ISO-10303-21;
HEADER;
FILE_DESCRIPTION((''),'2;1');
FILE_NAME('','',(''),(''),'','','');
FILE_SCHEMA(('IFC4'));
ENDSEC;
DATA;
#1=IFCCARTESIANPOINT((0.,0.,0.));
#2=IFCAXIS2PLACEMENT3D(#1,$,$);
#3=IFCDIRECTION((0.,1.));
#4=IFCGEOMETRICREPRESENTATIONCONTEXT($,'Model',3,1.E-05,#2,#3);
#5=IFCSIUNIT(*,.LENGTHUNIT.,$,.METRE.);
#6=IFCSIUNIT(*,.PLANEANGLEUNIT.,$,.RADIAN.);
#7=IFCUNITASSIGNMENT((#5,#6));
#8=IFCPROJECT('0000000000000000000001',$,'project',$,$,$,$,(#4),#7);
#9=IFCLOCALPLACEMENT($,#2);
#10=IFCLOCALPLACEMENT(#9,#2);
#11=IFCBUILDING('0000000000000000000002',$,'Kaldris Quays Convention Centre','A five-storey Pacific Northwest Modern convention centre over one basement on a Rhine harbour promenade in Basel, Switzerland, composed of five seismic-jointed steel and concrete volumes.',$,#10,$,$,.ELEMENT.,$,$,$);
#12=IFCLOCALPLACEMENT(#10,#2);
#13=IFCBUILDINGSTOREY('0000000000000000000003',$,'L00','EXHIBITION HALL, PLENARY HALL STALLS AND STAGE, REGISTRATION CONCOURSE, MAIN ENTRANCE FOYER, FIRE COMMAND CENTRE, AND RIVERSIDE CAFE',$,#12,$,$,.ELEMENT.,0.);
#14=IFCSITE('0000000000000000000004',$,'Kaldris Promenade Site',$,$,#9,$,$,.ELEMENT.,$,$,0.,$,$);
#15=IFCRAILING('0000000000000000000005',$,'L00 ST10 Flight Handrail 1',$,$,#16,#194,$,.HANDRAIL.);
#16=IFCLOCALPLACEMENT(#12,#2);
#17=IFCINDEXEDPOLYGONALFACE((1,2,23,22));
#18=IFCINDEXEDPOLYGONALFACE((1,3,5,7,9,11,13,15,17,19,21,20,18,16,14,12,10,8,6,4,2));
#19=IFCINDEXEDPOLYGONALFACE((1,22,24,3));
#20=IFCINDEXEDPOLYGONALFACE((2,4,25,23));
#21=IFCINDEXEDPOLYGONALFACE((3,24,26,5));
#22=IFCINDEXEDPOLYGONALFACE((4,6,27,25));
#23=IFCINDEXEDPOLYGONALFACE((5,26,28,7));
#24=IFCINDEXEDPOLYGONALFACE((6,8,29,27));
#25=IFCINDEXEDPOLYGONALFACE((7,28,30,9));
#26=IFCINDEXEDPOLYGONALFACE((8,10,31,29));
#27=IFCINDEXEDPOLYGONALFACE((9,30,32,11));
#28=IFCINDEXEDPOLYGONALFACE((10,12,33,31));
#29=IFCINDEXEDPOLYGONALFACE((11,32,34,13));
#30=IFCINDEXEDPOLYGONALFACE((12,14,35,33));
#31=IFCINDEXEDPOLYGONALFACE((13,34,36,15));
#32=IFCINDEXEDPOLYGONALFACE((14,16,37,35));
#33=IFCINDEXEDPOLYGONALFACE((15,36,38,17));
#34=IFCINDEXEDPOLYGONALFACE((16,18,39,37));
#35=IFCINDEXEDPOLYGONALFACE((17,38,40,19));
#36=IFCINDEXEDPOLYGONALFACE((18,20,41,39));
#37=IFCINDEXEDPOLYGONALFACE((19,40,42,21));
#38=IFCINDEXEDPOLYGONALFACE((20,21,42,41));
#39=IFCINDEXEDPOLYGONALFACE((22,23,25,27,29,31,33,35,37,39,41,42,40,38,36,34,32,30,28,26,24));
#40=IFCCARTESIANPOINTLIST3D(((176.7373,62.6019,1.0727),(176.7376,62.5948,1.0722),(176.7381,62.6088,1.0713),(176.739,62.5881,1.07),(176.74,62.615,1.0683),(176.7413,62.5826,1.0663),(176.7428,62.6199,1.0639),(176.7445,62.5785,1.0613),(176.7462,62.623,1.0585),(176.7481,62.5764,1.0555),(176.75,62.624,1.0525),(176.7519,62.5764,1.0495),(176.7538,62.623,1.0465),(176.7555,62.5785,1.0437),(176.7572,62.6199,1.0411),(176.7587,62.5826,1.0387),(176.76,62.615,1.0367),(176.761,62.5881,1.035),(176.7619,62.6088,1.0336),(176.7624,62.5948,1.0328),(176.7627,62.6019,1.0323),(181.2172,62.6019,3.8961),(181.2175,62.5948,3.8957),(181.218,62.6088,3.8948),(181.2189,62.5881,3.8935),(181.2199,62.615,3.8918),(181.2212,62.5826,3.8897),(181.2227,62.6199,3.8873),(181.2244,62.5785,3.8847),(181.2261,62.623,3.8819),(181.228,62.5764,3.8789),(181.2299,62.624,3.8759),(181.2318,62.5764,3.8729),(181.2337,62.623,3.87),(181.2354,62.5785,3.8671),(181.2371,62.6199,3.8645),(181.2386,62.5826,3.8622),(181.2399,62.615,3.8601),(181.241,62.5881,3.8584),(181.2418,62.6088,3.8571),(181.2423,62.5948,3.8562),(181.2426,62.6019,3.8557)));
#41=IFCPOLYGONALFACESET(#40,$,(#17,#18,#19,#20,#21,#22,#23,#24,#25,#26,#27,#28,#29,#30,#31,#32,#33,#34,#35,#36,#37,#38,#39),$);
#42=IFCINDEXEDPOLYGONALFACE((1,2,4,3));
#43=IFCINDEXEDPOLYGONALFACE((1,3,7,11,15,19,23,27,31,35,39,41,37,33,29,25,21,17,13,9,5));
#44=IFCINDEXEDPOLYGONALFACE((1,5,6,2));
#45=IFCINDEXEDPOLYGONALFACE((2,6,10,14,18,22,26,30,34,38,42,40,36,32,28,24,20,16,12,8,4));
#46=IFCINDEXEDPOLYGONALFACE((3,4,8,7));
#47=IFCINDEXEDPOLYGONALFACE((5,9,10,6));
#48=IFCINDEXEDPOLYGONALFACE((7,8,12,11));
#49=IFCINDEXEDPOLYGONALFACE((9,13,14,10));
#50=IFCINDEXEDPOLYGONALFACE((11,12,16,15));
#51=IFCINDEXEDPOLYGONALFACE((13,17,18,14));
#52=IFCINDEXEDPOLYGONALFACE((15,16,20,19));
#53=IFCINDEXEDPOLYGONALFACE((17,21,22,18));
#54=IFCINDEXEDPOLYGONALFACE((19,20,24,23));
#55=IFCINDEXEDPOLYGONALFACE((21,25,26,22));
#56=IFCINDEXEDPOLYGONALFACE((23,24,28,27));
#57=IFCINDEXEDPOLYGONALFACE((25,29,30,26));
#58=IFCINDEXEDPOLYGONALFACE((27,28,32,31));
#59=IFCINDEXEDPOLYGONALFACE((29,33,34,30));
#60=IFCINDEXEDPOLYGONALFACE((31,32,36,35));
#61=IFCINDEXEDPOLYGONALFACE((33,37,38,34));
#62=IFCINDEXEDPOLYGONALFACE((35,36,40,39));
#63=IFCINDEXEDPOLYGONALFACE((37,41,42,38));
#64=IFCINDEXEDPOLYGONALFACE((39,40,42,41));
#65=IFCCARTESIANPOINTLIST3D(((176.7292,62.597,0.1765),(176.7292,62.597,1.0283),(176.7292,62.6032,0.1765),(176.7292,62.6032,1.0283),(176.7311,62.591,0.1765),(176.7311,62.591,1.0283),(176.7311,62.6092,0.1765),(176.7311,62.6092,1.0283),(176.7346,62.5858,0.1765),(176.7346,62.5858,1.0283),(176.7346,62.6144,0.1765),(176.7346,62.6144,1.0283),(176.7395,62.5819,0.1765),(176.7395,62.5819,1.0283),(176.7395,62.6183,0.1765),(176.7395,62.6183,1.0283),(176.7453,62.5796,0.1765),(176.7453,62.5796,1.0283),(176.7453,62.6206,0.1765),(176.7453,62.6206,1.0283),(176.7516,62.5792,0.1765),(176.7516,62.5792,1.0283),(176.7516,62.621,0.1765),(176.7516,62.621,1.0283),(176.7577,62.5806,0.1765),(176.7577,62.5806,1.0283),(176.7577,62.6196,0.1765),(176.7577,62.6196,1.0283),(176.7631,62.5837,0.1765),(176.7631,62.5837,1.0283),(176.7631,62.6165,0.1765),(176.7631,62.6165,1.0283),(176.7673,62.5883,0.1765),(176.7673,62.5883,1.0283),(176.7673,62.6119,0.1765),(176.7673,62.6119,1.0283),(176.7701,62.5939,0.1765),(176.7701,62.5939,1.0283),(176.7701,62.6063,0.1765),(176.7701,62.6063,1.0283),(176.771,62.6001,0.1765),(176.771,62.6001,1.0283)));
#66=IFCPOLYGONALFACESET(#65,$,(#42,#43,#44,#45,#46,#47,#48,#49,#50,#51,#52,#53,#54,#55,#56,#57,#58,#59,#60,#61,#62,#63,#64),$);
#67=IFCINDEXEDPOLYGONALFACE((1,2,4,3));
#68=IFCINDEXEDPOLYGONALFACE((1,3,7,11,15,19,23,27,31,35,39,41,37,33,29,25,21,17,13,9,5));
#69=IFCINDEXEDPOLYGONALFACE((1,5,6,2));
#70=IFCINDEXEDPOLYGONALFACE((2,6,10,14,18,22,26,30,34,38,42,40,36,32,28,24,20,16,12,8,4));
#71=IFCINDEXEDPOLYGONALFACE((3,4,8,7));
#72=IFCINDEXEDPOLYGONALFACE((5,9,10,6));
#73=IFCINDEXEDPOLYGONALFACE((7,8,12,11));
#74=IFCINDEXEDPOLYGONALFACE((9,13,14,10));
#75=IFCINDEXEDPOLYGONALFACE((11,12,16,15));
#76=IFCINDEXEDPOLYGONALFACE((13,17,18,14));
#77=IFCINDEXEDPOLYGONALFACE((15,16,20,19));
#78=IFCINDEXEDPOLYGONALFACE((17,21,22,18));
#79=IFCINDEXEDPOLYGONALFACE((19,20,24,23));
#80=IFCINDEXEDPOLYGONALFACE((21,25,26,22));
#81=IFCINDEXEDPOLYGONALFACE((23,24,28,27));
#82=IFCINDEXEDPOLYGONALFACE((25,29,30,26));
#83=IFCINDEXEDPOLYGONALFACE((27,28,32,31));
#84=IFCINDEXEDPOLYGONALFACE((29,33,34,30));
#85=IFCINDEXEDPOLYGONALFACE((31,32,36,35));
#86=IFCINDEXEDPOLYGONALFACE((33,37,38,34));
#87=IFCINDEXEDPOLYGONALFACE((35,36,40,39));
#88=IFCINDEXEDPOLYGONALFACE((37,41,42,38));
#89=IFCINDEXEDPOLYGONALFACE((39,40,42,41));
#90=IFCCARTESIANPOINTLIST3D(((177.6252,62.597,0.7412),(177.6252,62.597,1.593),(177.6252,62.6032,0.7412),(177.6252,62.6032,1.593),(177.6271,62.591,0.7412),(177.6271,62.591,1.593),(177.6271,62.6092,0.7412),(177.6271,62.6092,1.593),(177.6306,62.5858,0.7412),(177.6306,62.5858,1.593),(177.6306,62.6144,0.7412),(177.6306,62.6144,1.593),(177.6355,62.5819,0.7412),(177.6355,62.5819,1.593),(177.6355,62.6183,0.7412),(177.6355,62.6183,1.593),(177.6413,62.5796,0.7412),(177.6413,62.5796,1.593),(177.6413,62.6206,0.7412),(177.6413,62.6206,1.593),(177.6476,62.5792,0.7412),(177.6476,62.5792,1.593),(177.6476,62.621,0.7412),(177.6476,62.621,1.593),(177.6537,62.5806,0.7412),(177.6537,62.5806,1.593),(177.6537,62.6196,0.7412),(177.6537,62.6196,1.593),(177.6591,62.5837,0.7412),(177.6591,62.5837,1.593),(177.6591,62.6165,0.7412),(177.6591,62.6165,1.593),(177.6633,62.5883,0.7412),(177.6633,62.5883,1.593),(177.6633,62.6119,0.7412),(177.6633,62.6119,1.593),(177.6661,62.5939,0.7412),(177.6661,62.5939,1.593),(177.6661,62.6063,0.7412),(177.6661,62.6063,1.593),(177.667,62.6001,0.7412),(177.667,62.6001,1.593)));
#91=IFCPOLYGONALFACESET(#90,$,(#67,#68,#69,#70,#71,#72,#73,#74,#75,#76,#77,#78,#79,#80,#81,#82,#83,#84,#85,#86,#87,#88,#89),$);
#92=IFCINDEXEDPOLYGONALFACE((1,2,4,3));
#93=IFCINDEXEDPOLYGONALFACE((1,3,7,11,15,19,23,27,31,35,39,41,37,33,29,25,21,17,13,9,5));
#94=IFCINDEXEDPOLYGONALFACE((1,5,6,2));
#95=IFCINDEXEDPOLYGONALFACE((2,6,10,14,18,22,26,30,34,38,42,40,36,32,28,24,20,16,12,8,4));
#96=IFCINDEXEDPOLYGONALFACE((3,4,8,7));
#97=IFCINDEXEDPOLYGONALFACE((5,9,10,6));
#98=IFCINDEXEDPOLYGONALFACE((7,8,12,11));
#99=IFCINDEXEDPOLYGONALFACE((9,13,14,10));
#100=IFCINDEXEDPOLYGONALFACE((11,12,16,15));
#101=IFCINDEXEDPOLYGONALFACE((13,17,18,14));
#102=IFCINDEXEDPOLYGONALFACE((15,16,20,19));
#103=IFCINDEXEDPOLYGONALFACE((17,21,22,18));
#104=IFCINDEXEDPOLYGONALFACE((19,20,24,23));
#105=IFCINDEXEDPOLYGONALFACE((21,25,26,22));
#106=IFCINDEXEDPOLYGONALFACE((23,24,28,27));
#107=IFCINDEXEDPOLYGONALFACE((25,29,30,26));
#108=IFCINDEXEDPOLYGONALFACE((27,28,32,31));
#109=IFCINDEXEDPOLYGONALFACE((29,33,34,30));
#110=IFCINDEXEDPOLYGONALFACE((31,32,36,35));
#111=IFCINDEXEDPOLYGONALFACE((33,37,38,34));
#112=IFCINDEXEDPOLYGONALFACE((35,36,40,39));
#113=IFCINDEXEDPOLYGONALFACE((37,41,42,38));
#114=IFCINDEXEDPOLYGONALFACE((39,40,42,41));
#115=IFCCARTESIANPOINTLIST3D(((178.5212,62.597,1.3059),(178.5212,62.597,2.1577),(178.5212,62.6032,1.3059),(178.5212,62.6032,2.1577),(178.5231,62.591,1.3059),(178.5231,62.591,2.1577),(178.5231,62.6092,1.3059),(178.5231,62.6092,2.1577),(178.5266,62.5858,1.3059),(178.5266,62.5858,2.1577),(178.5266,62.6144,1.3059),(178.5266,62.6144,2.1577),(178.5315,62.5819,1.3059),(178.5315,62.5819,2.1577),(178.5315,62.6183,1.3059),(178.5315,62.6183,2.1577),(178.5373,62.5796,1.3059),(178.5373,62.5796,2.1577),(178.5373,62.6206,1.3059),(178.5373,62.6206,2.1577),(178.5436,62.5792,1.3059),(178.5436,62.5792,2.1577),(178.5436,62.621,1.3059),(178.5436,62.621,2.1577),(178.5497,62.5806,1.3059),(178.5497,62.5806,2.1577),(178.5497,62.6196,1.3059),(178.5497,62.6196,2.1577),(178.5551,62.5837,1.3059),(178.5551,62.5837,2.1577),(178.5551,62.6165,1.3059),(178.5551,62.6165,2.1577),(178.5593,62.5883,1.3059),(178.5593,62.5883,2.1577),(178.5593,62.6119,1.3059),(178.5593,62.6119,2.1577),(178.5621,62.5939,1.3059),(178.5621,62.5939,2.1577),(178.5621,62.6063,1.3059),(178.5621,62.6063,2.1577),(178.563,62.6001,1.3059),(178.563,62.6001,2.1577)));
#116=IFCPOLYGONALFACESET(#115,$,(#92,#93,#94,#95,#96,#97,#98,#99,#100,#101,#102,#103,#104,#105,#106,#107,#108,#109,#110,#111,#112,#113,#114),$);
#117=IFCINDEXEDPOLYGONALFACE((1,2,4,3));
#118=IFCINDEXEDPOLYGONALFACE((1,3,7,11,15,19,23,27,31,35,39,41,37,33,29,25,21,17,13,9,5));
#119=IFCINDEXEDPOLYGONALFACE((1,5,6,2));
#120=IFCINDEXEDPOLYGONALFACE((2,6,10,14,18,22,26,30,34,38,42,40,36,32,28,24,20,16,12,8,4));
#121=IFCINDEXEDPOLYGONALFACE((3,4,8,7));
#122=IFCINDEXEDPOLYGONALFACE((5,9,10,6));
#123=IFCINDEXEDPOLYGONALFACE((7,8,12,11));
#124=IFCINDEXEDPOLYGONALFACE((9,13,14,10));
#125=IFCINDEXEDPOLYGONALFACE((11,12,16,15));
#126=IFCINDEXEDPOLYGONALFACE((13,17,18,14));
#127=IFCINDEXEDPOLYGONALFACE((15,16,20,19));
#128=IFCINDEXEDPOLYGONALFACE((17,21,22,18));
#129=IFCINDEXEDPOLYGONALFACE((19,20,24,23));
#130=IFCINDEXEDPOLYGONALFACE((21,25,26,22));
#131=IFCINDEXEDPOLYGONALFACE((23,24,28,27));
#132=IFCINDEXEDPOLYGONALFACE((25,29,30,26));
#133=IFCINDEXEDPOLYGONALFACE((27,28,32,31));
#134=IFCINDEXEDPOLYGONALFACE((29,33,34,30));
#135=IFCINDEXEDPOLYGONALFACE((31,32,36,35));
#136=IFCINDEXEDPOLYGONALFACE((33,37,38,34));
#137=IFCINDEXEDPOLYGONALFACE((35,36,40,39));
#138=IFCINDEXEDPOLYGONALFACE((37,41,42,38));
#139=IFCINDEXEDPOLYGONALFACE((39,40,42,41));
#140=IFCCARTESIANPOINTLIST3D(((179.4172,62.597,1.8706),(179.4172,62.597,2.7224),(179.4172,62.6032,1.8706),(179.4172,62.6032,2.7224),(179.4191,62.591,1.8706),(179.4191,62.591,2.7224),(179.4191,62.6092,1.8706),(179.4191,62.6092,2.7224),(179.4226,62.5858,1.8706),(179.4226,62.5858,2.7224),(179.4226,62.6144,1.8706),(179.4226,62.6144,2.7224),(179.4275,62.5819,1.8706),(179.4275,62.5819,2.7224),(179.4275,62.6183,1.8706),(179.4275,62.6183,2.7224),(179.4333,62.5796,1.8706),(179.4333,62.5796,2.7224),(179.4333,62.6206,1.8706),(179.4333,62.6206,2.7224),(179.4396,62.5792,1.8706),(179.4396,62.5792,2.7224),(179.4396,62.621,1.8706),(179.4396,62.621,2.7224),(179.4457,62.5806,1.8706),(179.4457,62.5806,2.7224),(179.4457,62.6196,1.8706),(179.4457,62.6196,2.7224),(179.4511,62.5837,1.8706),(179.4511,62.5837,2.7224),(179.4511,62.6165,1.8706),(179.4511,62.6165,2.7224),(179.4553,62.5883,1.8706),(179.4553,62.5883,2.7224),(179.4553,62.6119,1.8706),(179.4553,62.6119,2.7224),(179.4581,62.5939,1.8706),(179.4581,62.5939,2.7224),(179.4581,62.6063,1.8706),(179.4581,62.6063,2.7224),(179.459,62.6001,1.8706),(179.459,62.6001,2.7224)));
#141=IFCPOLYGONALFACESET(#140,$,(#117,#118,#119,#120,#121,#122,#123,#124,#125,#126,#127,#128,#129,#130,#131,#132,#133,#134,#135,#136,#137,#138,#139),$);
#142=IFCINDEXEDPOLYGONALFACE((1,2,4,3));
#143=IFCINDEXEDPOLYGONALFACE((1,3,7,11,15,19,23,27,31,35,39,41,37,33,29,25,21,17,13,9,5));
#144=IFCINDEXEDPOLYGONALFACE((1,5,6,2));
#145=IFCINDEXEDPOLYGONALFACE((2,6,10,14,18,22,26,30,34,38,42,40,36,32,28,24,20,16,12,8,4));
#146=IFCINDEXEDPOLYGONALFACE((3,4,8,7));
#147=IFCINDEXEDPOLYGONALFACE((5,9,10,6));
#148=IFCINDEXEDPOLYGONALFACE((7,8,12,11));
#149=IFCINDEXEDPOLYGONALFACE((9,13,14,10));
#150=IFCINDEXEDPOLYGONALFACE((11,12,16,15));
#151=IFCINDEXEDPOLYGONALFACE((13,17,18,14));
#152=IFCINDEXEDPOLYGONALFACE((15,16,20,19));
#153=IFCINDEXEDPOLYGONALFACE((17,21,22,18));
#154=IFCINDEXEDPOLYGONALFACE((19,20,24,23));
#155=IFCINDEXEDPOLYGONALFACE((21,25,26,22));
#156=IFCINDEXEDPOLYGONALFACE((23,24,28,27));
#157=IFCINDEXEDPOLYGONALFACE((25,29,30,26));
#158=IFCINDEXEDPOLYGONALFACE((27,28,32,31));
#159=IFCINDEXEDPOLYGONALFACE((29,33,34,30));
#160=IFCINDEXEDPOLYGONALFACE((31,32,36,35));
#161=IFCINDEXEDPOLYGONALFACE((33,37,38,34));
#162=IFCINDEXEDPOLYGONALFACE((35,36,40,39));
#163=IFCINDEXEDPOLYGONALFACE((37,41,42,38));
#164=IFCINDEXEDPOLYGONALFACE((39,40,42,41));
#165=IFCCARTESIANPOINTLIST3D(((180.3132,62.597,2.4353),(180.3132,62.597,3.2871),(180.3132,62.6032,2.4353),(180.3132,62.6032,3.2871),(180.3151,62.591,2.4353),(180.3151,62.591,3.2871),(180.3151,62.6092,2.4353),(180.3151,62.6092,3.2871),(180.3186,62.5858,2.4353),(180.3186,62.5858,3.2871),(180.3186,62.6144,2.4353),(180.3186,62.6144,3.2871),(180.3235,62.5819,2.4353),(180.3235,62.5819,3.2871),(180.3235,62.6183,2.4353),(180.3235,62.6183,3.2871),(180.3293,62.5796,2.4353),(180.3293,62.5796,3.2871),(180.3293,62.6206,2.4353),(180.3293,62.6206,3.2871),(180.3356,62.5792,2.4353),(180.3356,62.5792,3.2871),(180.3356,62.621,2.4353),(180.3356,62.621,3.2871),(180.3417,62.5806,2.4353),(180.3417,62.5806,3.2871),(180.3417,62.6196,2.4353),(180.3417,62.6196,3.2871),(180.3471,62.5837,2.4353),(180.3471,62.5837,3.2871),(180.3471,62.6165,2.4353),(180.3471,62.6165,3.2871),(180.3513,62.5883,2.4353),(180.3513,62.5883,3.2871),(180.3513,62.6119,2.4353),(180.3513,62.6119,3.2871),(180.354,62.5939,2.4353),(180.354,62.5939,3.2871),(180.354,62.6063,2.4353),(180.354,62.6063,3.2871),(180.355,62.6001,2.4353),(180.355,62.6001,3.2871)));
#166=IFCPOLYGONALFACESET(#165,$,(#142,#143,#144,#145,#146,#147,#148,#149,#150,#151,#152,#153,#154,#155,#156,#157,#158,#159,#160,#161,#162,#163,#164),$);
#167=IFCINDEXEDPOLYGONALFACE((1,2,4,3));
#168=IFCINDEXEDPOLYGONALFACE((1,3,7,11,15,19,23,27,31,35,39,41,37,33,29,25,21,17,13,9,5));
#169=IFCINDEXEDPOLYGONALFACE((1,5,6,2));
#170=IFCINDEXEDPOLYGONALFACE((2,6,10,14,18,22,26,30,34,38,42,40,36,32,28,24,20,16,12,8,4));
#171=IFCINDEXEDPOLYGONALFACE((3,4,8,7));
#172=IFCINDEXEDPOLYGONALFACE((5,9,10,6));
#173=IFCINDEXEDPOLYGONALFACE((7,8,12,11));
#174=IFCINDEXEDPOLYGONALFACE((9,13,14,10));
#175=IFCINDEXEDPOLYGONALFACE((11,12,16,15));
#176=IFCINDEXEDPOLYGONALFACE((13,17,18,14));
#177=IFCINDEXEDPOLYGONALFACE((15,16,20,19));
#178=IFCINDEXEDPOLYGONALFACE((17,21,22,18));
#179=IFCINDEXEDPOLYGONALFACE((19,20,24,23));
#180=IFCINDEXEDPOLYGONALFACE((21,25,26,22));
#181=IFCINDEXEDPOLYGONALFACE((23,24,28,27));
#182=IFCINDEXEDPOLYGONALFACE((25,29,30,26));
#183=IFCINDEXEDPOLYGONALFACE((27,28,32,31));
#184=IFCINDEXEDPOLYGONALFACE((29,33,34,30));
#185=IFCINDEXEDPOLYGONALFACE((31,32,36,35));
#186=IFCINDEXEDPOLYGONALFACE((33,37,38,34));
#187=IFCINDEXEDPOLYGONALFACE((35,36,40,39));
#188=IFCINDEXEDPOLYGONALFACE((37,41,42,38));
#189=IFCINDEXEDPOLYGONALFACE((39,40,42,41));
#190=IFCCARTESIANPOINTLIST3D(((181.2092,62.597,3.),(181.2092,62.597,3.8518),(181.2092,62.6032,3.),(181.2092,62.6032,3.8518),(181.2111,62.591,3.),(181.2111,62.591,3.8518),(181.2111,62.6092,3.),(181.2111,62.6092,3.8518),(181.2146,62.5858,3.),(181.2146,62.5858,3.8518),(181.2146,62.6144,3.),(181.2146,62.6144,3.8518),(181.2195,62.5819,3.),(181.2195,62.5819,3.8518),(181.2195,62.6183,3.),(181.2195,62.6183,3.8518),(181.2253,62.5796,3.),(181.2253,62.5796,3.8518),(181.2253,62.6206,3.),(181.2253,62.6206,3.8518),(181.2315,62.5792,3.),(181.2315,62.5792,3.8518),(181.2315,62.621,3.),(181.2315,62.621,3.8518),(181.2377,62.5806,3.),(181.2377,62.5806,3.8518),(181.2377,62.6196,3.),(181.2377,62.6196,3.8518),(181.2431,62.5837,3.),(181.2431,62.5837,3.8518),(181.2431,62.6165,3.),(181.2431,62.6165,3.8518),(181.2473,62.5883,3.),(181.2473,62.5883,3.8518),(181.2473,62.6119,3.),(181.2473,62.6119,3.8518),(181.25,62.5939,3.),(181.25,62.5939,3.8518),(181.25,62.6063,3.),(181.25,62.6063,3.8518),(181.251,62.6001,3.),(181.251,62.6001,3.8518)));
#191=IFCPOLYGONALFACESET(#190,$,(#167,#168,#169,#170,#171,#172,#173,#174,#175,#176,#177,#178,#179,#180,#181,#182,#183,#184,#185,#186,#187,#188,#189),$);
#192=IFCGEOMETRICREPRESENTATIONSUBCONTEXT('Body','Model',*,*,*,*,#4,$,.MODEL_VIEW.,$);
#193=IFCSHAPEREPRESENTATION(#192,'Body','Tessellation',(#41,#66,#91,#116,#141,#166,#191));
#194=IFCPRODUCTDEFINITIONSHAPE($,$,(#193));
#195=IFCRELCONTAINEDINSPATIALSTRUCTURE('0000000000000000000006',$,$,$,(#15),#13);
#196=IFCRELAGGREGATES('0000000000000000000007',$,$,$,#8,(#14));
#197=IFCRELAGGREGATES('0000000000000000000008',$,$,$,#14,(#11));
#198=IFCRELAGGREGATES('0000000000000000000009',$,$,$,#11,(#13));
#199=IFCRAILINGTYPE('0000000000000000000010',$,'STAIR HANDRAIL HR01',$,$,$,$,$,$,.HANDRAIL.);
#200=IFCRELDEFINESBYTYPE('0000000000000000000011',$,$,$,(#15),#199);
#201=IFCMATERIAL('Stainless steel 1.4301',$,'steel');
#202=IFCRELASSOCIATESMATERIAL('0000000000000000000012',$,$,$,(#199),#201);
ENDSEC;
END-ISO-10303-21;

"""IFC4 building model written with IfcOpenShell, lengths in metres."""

from ifc_helpers import new_model, si_unit, direction, frame, origin, origin_2d, place, context, subcontext, project, spatial, circle, extrude, material, type_object, element, save


model = new_model("IFC4")

# Units and contexts
model_context = context("Model", 3, precision=1e-05, world=origin(), true_north=direction((0.0, 1.0)))
body_context = subcontext(model_context, "Body", "Model", "MODEL_VIEW")
ifc_project = project(units=[si_unit("LENGTHUNIT", "METRE"), si_unit("PLANEANGLEUNIT", "RADIAN")], contexts=[model_context])

# Site, building, storey
site_placement = place(None, origin())
site = spatial("IfcSite", under=ifc_project, at=site_placement, Name="Kaldris Promenade Site", CompositionType="ELEMENT", RefElevation=0.0)
building_placement = place(site_placement, origin())
building = spatial("IfcBuilding", under=site, at=building_placement, Name="Kaldris Quays Convention Centre", Description="A five-storey Pacific Northwest Modern convention centre over one basement on a Rhine harbour promenade in Basel, Switzerland, composed of five seismic-jointed steel and concrete volumes.", CompositionType="ELEMENT")
storey_placement = place(building_placement, origin())
storey = spatial("IfcBuildingStorey", under=building, at=storey_placement, Name="L00", Description="EXHIBITION HALL, PLENARY HALL STALLS AND STAGE, REGISTRATION CONCOURSE, MAIN ENTRANCE FOYER, FIRE COMMAND CENTRE, AND RIVERSIDE CAFE", CompositionType="ELEMENT", Elevation=0.0)

# Railing
ifc_material_1 = material(Name="Stainless steel 1.4301", Category="steel")
railing_type_1 = type_object("IfcRailingType", Name="STAIR HANDRAIL HR01", PredefinedType="HANDRAIL", material=ifc_material_1)
railing_1_placement = place(storey_placement, frame((176.75, 62.6001, 0.1765)))
element("IfcRailing", 1, at=railing_1_placement, inside=storey, type_object=railing_type_1, Name="L00 ST10 Flight Handrail 1", PredefinedType="HANDRAIL", context=body_context, shape_type="SweptSolid", body=[
    extrude(circle(Radius=0.0239, at=origin_2d()), frame((0.0, 0.0, 0.876), z_axis=(0.845998, 0.0, 0.533186), x_axis=(0.0, 1.0, 0.0)), (0.0, 0.0, 1.0), 5.2954),
    extrude(circle(Radius=0.021, at=origin_2d()), origin(), (0.0, 0.0, 1.0), 0.8518),
    extrude(circle(Radius=0.021, at=origin_2d()), frame((0.896, 0.0, 0.5647)), (0.0, 0.0, 1.0), 0.8518),
    extrude(circle(Radius=0.021, at=origin_2d()), frame((1.792, 0.0, 1.1294)), (0.0, 0.0, 1.0), 0.8518),
    extrude(circle(Radius=0.021, at=origin_2d()), frame((2.688, 0.0, 1.6941)), (0.0, 0.0, 1.0), 0.8518),
    extrude(circle(Radius=0.021, at=origin_2d()), frame((3.584, 0.0, 2.2588)), (0.0, 0.0, 1.0), 0.8518),
    extrude(circle(Radius=0.021, at=origin_2d()), frame((4.48, 0.0, 2.8235)), (0.0, 0.0, 1.0), 0.8518),
])

save(model, "model.ifc")
